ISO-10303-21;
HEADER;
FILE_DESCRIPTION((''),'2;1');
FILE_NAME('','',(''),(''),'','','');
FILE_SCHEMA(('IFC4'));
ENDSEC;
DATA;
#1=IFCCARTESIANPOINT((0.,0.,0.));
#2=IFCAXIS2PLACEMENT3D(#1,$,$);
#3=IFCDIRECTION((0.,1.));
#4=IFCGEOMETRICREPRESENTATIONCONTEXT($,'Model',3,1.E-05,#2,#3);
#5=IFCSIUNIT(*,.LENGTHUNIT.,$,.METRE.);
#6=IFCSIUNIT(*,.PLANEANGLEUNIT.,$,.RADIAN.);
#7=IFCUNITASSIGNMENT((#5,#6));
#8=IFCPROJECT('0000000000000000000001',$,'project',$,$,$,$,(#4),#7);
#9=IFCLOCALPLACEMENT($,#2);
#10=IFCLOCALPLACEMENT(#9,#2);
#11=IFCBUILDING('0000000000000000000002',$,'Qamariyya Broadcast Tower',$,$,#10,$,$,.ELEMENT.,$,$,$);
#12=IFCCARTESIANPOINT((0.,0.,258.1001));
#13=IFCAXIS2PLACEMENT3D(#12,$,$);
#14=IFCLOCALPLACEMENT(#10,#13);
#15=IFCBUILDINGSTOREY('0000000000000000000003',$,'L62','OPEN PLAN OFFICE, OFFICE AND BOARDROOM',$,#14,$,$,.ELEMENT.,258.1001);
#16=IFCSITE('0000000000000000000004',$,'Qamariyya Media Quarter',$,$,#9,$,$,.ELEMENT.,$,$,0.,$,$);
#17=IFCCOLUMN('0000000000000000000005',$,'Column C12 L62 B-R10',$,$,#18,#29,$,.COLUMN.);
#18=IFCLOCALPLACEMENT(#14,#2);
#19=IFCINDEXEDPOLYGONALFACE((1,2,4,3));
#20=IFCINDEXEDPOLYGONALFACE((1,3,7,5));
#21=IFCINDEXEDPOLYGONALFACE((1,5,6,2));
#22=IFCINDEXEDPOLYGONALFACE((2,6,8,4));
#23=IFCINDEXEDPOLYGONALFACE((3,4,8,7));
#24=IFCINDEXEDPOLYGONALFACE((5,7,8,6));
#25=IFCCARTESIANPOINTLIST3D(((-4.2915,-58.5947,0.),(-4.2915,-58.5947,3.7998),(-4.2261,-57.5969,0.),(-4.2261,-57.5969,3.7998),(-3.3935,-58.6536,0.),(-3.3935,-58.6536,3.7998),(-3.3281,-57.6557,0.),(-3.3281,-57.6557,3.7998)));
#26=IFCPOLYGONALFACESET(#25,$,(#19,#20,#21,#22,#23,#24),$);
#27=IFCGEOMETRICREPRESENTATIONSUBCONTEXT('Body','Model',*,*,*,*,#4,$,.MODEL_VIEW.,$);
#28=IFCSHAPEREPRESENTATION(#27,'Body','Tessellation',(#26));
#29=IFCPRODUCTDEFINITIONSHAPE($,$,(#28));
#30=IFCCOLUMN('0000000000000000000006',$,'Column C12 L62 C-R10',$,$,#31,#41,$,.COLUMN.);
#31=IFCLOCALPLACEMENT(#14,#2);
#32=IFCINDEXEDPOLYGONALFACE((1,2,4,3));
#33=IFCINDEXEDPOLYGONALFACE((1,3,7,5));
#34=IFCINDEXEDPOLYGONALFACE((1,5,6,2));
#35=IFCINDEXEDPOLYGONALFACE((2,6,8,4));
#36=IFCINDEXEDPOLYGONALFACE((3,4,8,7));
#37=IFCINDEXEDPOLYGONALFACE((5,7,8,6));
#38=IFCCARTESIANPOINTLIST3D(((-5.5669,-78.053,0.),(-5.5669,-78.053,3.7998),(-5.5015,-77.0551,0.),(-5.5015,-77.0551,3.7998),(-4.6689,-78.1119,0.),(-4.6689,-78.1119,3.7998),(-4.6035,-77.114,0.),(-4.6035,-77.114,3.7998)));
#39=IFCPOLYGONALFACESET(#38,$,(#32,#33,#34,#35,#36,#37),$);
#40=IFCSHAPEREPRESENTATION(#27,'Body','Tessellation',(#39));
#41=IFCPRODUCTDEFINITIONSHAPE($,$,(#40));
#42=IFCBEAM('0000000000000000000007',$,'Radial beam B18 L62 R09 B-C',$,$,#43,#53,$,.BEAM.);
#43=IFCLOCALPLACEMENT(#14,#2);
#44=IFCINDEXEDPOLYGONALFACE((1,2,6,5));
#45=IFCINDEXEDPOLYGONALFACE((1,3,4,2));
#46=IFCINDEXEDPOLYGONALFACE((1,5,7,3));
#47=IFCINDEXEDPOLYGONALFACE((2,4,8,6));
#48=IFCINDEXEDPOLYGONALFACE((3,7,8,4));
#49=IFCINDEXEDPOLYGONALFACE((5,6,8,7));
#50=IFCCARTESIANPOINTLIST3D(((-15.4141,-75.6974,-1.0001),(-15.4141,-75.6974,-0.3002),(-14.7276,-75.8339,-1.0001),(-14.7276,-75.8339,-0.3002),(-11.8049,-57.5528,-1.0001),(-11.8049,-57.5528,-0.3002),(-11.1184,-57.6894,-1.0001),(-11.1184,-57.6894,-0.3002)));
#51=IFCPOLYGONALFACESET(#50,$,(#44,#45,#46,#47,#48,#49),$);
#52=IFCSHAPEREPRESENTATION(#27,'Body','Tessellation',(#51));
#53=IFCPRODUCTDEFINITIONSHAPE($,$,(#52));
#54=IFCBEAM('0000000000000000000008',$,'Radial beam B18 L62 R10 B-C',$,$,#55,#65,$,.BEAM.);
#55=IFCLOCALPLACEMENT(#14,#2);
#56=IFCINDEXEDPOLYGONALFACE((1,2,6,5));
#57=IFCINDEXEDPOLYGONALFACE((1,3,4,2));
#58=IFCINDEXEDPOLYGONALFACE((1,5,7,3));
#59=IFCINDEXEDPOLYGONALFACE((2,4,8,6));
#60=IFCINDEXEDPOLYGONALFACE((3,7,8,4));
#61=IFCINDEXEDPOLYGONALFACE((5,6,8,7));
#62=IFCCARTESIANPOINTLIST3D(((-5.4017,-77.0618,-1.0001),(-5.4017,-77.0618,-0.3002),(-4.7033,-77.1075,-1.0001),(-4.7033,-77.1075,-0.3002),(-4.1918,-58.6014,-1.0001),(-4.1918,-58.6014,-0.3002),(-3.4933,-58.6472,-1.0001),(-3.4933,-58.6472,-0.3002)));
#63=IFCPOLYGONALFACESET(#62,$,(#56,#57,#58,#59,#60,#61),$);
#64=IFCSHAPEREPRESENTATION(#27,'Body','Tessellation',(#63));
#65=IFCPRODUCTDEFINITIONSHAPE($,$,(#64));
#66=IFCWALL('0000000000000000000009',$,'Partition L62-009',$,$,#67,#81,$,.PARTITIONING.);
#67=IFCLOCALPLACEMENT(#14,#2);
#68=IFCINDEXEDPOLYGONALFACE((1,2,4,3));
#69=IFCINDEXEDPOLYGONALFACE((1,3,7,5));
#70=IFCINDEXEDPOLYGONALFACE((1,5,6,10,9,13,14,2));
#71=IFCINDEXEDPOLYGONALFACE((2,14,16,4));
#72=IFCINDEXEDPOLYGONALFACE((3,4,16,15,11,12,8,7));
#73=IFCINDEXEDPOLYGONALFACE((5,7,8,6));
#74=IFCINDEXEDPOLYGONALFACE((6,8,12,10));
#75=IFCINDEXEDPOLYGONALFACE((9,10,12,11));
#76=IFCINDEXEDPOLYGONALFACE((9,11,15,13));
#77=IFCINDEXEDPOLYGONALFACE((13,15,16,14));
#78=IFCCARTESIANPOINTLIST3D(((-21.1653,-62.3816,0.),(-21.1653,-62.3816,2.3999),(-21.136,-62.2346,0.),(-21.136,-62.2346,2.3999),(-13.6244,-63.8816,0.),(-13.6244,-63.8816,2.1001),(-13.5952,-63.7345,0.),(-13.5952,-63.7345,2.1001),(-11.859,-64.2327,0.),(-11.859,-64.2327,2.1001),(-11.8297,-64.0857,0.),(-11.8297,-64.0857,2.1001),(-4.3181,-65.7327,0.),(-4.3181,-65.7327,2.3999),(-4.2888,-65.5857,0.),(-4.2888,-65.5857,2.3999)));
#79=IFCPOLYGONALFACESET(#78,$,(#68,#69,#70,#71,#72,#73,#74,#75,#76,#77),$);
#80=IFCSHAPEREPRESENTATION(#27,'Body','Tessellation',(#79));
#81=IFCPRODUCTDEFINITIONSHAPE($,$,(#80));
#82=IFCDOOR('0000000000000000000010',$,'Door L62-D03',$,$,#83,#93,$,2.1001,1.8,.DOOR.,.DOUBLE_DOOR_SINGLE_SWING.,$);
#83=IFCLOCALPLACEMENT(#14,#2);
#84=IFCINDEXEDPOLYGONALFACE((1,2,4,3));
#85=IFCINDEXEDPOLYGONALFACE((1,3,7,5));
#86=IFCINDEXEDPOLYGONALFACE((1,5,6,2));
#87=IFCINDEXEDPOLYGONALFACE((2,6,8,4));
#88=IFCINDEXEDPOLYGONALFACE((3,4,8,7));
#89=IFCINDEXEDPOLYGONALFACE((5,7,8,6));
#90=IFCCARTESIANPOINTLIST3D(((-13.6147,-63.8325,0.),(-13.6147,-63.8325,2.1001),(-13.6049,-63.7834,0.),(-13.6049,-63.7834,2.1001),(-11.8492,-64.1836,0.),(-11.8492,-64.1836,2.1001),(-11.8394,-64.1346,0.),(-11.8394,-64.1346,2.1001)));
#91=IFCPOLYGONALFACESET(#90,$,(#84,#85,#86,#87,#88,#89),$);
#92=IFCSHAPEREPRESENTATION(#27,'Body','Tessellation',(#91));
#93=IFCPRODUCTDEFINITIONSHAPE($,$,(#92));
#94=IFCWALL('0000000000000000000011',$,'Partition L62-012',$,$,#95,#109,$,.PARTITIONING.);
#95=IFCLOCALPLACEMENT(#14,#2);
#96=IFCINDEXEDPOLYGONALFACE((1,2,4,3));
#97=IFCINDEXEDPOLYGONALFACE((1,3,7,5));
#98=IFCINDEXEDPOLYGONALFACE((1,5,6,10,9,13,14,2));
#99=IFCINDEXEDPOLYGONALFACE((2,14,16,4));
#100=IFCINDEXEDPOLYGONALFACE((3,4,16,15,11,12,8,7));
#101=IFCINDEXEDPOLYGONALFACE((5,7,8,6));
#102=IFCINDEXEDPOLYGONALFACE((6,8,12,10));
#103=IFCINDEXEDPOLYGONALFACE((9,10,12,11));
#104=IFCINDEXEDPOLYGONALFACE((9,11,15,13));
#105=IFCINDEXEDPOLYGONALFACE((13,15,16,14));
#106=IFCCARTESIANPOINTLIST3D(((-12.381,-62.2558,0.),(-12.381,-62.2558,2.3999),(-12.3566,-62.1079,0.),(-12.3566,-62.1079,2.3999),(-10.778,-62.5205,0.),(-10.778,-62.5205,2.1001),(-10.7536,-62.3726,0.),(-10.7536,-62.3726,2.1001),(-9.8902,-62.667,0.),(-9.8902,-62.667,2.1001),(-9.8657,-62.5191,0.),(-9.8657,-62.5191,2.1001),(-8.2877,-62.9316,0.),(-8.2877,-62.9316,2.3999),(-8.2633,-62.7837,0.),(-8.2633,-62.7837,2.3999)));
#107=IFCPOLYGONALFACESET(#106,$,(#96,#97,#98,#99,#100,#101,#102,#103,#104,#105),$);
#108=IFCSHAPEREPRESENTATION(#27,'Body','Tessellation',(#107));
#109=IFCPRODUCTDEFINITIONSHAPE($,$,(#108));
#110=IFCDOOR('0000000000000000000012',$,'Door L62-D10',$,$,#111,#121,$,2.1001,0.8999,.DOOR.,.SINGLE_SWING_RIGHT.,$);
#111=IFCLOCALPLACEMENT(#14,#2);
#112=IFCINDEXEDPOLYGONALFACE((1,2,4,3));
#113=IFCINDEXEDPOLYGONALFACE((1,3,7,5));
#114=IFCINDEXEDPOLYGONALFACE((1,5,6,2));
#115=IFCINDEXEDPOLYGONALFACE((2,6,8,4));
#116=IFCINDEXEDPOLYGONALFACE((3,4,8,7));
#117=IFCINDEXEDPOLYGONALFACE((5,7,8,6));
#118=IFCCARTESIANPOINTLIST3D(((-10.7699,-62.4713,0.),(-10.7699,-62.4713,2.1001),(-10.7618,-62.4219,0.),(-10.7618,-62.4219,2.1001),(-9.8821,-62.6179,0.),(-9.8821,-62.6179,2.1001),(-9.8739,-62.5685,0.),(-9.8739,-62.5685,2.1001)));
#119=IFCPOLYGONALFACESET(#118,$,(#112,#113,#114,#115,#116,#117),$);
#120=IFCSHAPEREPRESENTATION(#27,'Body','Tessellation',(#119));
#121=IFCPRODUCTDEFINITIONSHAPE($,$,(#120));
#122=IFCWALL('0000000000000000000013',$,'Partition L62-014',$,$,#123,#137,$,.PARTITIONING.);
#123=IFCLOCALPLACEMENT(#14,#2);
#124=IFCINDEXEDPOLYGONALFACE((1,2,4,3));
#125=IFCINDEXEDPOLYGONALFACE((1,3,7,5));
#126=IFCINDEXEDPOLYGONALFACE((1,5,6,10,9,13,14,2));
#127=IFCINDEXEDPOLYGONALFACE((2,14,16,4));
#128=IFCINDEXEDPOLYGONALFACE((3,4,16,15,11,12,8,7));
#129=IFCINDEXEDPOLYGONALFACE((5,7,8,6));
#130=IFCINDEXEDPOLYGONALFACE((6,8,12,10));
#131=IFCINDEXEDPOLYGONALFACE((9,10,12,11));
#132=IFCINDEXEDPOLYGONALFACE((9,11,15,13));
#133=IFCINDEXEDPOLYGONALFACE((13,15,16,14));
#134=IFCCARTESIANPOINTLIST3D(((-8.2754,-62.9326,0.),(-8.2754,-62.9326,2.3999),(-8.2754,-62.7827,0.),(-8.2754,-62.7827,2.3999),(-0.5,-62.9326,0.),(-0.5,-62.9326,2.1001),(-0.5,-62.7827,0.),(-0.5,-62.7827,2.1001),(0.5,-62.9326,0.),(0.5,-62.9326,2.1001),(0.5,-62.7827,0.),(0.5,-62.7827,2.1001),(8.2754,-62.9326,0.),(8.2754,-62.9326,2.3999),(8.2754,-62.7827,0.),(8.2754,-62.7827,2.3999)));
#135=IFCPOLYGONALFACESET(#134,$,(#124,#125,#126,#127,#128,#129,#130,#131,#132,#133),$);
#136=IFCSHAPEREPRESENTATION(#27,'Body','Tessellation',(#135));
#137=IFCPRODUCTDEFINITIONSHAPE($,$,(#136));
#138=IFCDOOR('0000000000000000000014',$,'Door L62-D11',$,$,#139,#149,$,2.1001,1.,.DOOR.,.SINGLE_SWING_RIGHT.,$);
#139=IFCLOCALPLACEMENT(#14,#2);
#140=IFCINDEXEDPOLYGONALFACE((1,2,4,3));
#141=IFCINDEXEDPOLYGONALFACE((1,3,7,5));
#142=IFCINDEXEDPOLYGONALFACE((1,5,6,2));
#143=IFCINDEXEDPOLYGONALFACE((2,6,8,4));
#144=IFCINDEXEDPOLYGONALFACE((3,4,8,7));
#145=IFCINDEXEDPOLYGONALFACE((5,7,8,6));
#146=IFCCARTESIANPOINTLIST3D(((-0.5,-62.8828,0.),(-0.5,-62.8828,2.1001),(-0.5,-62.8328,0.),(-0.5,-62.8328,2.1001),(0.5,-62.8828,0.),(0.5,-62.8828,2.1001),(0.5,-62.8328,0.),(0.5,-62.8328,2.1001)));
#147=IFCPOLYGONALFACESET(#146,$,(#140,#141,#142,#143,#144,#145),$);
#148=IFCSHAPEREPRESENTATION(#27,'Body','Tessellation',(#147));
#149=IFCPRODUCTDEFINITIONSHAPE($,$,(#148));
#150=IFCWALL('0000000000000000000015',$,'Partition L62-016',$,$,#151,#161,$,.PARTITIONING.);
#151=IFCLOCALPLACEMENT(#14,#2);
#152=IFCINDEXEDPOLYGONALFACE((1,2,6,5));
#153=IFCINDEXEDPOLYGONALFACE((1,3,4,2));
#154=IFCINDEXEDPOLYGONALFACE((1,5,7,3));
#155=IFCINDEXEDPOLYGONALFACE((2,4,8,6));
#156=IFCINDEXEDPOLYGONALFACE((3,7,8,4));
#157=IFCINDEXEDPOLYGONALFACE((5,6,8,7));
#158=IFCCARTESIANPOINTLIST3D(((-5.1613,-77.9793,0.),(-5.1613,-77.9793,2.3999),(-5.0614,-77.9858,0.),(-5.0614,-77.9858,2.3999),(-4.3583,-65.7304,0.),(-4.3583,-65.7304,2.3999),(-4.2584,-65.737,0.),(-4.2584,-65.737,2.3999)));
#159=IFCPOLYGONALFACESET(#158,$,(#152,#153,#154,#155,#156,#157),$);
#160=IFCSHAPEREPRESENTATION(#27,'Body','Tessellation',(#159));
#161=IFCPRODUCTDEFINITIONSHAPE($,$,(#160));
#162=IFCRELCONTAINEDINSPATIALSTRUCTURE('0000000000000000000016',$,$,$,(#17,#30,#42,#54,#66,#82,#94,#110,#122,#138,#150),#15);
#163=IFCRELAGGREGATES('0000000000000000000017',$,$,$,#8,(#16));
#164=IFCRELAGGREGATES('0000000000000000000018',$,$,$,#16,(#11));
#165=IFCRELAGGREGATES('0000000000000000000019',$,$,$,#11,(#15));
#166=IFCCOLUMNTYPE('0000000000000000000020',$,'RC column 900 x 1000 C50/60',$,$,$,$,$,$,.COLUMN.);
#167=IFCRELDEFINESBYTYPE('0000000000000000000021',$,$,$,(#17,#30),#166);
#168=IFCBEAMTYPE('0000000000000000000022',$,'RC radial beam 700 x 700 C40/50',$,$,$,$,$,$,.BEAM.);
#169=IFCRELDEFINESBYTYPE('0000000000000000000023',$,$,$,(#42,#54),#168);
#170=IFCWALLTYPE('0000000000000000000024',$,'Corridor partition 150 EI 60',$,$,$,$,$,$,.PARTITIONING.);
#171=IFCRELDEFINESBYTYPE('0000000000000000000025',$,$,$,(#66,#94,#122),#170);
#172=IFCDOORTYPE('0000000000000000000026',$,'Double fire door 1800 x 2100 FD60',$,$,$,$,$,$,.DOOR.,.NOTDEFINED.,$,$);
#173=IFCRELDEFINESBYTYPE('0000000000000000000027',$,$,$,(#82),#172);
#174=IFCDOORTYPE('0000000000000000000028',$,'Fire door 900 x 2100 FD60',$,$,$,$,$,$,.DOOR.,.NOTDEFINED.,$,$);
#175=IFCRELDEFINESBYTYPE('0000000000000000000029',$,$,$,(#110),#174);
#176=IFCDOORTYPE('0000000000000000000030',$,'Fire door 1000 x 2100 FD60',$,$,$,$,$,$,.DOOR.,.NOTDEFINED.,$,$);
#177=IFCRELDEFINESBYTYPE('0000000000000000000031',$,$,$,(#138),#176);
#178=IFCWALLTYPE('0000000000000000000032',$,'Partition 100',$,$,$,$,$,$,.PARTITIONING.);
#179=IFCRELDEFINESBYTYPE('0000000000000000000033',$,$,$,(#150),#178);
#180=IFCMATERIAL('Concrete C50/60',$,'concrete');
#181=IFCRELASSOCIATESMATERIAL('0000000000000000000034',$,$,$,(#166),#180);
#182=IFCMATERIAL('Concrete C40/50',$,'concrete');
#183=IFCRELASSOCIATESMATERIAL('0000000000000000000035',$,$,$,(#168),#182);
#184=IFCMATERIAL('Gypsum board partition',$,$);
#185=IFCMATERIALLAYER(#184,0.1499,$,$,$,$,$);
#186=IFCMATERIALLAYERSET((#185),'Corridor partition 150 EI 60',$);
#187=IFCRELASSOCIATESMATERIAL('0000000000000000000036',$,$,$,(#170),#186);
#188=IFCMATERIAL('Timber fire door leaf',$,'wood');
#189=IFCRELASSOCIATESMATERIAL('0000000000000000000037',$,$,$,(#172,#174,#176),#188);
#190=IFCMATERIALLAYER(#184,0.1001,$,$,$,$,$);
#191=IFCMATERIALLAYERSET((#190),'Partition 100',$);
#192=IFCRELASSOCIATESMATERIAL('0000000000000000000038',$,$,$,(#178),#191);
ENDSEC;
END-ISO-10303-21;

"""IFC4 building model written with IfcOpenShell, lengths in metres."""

from ifc_helpers import new_model, si_unit, direction, frame, frame_2d, origin, origin_2d, place, context, subcontext, project, spatial, rectangle, extrude, material, layer, layer_set, material_profile, profile_set, type_object, element, fill, save


model = new_model("IFC4")

# Units and contexts
model_context = context("Model", 3, precision=1e-05, world=origin(), true_north=direction((0.0, 1.0)))
body_context = subcontext(model_context, "Body", "Model", "MODEL_VIEW")
ifc_project = project(units=[si_unit("LENGTHUNIT", "METRE"), si_unit("PLANEANGLEUNIT", "RADIAN")], contexts=[model_context])

# Site, building, storey
site_placement = place(None, origin())
site = spatial("IfcSite", under=ifc_project, at=site_placement, Name="Qamariyya Media Quarter", CompositionType="ELEMENT", RefElevation=0.0)
building_placement = place(site_placement, origin())
building = spatial("IfcBuilding", under=site, at=building_placement, Name="Qamariyya Broadcast Tower", CompositionType="ELEMENT")
storey_placement = place(building_placement, frame((0.0, 0.0, 258.1001)))
storey = spatial("IfcBuildingStorey", under=building, at=storey_placement, Name="L62", Description="OPEN PLAN OFFICE, OFFICE AND BOARDROOM", CompositionType="ELEMENT", Elevation=258.1001)

# Columns
ifc_material_1 = material(Name="Concrete C50/60", Category="concrete")
ifc_material_profile_1 = material_profile(ifc_material_1, rectangle(XDim=0.8999, YDim=1.0, at=origin_2d()))
ifc_profile_set_1 = profile_set([ifc_material_profile_1], Name="Concrete C50/60")
column_type = type_object("IfcColumnType", Name="RC column 900 x 1000 C50/60", PredefinedType="COLUMN", material=ifc_profile_set_1)
for number, where, z_axis, x_axis, name in (
    (1, (-3.8098, -58.1252, 0.0), (0.0, 0.0, 1.0), (0.997859, -0.065403, 0.0), "Column C12 L62 B-R10"),
    (2, (-5.0852, -77.5835, 0.0), (0.0, 0.0, 1.0), (0.997859, -0.065403, 0.0), "Column C12 L62 C-R10"),
):
    element("IfcColumn", number, at=place(storey_placement, frame(where, z_axis=z_axis, x_axis=x_axis)), inside=storey, type_object=column_type, Name=name, PredefinedType="COLUMN", context=body_context, shape_type="SweptSolid", body=[
        extrude(rectangle(XDim=0.8999, YDim=1.0, at=origin_2d()), origin(), (0.0, 0.0, 1.0), 3.7998),
    ])

# Beams
ifc_material_2 = material(Name="Concrete C40/50", Category="concrete")
ifc_material_profile_2 = material_profile(ifc_material_2, rectangle(XDim=0.7, YDim=0.7, at=origin_2d()))
ifc_profile_set_2 = profile_set([ifc_material_profile_2], Name="Concrete C40/50")
beam_type = type_object("IfcBeamType", Name="RC radial beam 700 x 700 C40/50", PredefinedType="BEAM", material=ifc_profile_set_2)
for number, where, z_axis, x_axis, name in (
    (3, (-11.4617, -57.6211, -0.6501), (-0.195088, -0.980786, 0.0), (0.980786, -0.195088, 0.0), "Radial beam B18 L62 R09 B-C"),
    (4, (-3.8425, -58.6243, -0.6501), (-0.065403, -0.997859, 0.0), (0.997859, -0.065403, 0.0), "Radial beam B18 L62 R10 B-C"),
):
    element("IfcBeam", number, at=place(storey_placement, frame(where, z_axis=z_axis, x_axis=x_axis)), inside=storey, type_object=beam_type, Name=name, PredefinedType="BEAM", context=body_context, shape_type="SweptSolid", body=[
        extrude(rectangle(XDim=0.7, YDim=0.7, at=origin_2d()), origin(), (0.0, 0.0, 1.0), 18.5),
    ])

# Walls, openings, doors
ifc_material_3 = material(Name="Gypsum board partition")
ifc_layer_1 = layer(ifc_material_3, 0.1499)
ifc_layer_set_1 = layer_set([ifc_layer_1], Name="Corridor partition 150 EI 60")
wall_type_1 = type_object("IfcWallType", Name="Corridor partition 150 EI 60", PredefinedType="PARTITIONING", material=ifc_layer_set_1)
wall_1_placement = place(storey_placement, frame((-4.3035, -65.6592, 0.0), z_axis=(0.0, 0.0, 1.0), x_axis=(-0.980786, 0.195088, 0.0)))
wall_1 = element("IfcWall", 5, at=wall_1_placement, inside=storey, type_object=wall_type_1, Name="Partition L62-009", PredefinedType="PARTITIONING", context=body_context, shape_type="SweptSolid", body=[
    extrude(rectangle(XDim=17.1772, YDim=0.1499, at=frame_2d((8.5886, 0.0))), origin(), (0.0, 0.0, 1.0), 2.3999),
])
opening_1_placement = place(wall_1_placement, frame((7.6887, 0.0, 0.0)))
opening_1 = element("IfcOpeningElement", 6, at=opening_1_placement, cuts=wall_1, PredefinedType="OPENING", context=body_context, shape_type="SweptSolid", body=[
    extrude(rectangle(XDim=1.8, YDim=2.1001, at=frame_2d((0.8999, 1.05))), frame((0.0, 0.085, 0.0), z_axis=(0.0, -1.0, 0.0), x_axis=(1.0, 0.0, 0.0)), (0.0, 0.0, 1.0), 0.1699),
])
ifc_material_4 = material(Name="Timber fire door leaf", Category="wood")
door_type_1 = type_object("IfcDoorType", Name="Double fire door 1800 x 2100 FD60", OperationType="NOTDEFINED", PredefinedType="DOOR", material=ifc_material_4)
door_1_placement = place(opening_1_placement, origin())
door_1 = element("IfcDoor", 7, at=door_1_placement, inside=storey, type_object=door_type_1, Name="Door L62-D03", OperationType="DOUBLE_DOOR_SINGLE_SWING", OverallHeight=2.1001, OverallWidth=1.8, PredefinedType="DOOR", context=body_context, shape_type="SweptSolid", body=[
    extrude(rectangle(XDim=1.8, YDim=2.1001, at=frame_2d((0.8999, 1.05))), frame((0.0, 0.0249, 0.0), z_axis=(0.0, -1.0, 0.0), x_axis=(1.0, 0.0, 0.0)), (0.0, 0.0, 1.0), 0.05),
])
fill(opening_1, door_1)
wall_2_placement = place(storey_placement, frame((-12.3687, -62.1819, 0.0), z_axis=(0.0, 0.0, 1.0), x_axis=(0.986644, -0.162891, 0.0)))
wall_2 = element("IfcWall", 8, at=wall_2_placement, inside=storey, type_object=wall_type_1, Name="Partition L62-012", PredefinedType="PARTITIONING", context=body_context, shape_type="SweptSolid", body=[
    extrude(rectangle(XDim=4.1487, YDim=0.1499, at=frame_2d((2.0742, 0.0))), origin(), (0.0, 0.0, 1.0), 2.3999),
])
opening_2_placement = place(wall_2_placement, frame((1.6245, 0.0, 0.0)))
opening_2 = element("IfcOpeningElement", 9, at=opening_2_placement, cuts=wall_2, PredefinedType="OPENING", context=body_context, shape_type="SweptSolid", body=[
    extrude(rectangle(XDim=0.8999, YDim=2.1001, at=frame_2d((0.45, 1.05))), frame((0.0, 0.085, 0.0), z_axis=(0.0, -1.0, 0.0), x_axis=(1.0, 0.0, 0.0)), (0.0, 0.0, 1.0), 0.1699),
])
door_type_2 = type_object("IfcDoorType", Name="Fire door 900 x 2100 FD60", OperationType="NOTDEFINED", PredefinedType="DOOR", material=ifc_material_4)
door_2_placement = place(opening_2_placement, origin())
door_2 = element("IfcDoor", 10, at=door_2_placement, inside=storey, type_object=door_type_2, Name="Door L62-D10", OperationType="SINGLE_SWING_RIGHT", OverallHeight=2.1001, OverallWidth=0.8999, PredefinedType="DOOR", context=body_context, shape_type="SweptSolid", body=[
    extrude(rectangle(XDim=0.8999, YDim=2.1001, at=frame_2d((0.45, 1.05))), frame((0.0, 0.0249, 0.0), z_axis=(0.0, -1.0, 0.0), x_axis=(1.0, 0.0, 0.0)), (0.0, 0.0, 1.0), 0.05),
])
fill(opening_2, door_2)
wall_3_placement = place(storey_placement, frame((-8.2754, -62.8577, 0.0), z_axis=(0.0, 0.0, 1.0), x_axis=(1.0, 0.0, 0.0)))
wall_3 = element("IfcWall", 11, at=wall_3_placement, inside=storey, type_object=wall_type_1, Name="Partition L62-014", PredefinedType="PARTITIONING", context=body_context, shape_type="SweptSolid", body=[
    extrude(rectangle(XDim=16.5508, YDim=0.1499, at=frame_2d((8.2754, 0.0))), origin(), (0.0, 0.0, 1.0), 2.3999),
])
opening_3_placement = place(wall_3_placement, frame((7.7754, 0.0, 0.0)))
opening_3 = element("IfcOpeningElement", 12, at=opening_3_placement, cuts=wall_3, PredefinedType="OPENING", context=body_context, shape_type="SweptSolid", body=[
    extrude(rectangle(XDim=1.0, YDim=2.1001, at=frame_2d((0.5, 1.05))), frame((0.0, 0.085, 0.0), z_axis=(0.0, -1.0, 0.0), x_axis=(1.0, 0.0, 0.0)), (0.0, 0.0, 1.0), 0.1699),
])
door_type_3 = type_object("IfcDoorType", Name="Fire door 1000 x 2100 FD60", OperationType="NOTDEFINED", PredefinedType="DOOR", material=ifc_material_4)
door_3_placement = place(opening_3_placement, origin())
door_3 = element("IfcDoor", 13, at=door_3_placement, inside=storey, type_object=door_type_3, Name="Door L62-D11", OperationType="SINGLE_SWING_RIGHT", OverallHeight=2.1001, OverallWidth=1.0, PredefinedType="DOOR", context=body_context, shape_type="SweptSolid", body=[
    extrude(rectangle(XDim=1.0, YDim=2.1001, at=frame_2d((0.5, 1.05))), frame((0.0, 0.0249, 0.0), z_axis=(0.0, -1.0, 0.0), x_axis=(1.0, 0.0, 0.0)), (0.0, 0.0, 1.0), 0.05),
])
fill(opening_3, door_3)

# Wall
ifc_layer_2 = layer(ifc_material_3, 0.1001)
ifc_layer_set_2 = layer_set([ifc_layer_2], Name="Partition 100")
wall_type_2 = type_object("IfcWallType", Name="Partition 100", PredefinedType="PARTITIONING", material=ifc_layer_set_2)
wall_4_placement = place(storey_placement, frame((-5.1113, -77.9827, 0.0), z_axis=(0.0, 0.0, 1.0), x_axis=(0.065415, 0.997858, 0.0)))
element("IfcWall", 14, at=wall_4_placement, inside=storey, type_object=wall_type_2, Name="Partition L62-016", PredefinedType="PARTITIONING", context=body_context, shape_type="SweptSolid", body=[
    extrude(rectangle(XDim=12.2751, YDim=0.1001, at=frame_2d((6.1377, 0.0))), origin(), (0.0, 0.0, 1.0), 2.3999),
])

save(model, "model.ifc")
